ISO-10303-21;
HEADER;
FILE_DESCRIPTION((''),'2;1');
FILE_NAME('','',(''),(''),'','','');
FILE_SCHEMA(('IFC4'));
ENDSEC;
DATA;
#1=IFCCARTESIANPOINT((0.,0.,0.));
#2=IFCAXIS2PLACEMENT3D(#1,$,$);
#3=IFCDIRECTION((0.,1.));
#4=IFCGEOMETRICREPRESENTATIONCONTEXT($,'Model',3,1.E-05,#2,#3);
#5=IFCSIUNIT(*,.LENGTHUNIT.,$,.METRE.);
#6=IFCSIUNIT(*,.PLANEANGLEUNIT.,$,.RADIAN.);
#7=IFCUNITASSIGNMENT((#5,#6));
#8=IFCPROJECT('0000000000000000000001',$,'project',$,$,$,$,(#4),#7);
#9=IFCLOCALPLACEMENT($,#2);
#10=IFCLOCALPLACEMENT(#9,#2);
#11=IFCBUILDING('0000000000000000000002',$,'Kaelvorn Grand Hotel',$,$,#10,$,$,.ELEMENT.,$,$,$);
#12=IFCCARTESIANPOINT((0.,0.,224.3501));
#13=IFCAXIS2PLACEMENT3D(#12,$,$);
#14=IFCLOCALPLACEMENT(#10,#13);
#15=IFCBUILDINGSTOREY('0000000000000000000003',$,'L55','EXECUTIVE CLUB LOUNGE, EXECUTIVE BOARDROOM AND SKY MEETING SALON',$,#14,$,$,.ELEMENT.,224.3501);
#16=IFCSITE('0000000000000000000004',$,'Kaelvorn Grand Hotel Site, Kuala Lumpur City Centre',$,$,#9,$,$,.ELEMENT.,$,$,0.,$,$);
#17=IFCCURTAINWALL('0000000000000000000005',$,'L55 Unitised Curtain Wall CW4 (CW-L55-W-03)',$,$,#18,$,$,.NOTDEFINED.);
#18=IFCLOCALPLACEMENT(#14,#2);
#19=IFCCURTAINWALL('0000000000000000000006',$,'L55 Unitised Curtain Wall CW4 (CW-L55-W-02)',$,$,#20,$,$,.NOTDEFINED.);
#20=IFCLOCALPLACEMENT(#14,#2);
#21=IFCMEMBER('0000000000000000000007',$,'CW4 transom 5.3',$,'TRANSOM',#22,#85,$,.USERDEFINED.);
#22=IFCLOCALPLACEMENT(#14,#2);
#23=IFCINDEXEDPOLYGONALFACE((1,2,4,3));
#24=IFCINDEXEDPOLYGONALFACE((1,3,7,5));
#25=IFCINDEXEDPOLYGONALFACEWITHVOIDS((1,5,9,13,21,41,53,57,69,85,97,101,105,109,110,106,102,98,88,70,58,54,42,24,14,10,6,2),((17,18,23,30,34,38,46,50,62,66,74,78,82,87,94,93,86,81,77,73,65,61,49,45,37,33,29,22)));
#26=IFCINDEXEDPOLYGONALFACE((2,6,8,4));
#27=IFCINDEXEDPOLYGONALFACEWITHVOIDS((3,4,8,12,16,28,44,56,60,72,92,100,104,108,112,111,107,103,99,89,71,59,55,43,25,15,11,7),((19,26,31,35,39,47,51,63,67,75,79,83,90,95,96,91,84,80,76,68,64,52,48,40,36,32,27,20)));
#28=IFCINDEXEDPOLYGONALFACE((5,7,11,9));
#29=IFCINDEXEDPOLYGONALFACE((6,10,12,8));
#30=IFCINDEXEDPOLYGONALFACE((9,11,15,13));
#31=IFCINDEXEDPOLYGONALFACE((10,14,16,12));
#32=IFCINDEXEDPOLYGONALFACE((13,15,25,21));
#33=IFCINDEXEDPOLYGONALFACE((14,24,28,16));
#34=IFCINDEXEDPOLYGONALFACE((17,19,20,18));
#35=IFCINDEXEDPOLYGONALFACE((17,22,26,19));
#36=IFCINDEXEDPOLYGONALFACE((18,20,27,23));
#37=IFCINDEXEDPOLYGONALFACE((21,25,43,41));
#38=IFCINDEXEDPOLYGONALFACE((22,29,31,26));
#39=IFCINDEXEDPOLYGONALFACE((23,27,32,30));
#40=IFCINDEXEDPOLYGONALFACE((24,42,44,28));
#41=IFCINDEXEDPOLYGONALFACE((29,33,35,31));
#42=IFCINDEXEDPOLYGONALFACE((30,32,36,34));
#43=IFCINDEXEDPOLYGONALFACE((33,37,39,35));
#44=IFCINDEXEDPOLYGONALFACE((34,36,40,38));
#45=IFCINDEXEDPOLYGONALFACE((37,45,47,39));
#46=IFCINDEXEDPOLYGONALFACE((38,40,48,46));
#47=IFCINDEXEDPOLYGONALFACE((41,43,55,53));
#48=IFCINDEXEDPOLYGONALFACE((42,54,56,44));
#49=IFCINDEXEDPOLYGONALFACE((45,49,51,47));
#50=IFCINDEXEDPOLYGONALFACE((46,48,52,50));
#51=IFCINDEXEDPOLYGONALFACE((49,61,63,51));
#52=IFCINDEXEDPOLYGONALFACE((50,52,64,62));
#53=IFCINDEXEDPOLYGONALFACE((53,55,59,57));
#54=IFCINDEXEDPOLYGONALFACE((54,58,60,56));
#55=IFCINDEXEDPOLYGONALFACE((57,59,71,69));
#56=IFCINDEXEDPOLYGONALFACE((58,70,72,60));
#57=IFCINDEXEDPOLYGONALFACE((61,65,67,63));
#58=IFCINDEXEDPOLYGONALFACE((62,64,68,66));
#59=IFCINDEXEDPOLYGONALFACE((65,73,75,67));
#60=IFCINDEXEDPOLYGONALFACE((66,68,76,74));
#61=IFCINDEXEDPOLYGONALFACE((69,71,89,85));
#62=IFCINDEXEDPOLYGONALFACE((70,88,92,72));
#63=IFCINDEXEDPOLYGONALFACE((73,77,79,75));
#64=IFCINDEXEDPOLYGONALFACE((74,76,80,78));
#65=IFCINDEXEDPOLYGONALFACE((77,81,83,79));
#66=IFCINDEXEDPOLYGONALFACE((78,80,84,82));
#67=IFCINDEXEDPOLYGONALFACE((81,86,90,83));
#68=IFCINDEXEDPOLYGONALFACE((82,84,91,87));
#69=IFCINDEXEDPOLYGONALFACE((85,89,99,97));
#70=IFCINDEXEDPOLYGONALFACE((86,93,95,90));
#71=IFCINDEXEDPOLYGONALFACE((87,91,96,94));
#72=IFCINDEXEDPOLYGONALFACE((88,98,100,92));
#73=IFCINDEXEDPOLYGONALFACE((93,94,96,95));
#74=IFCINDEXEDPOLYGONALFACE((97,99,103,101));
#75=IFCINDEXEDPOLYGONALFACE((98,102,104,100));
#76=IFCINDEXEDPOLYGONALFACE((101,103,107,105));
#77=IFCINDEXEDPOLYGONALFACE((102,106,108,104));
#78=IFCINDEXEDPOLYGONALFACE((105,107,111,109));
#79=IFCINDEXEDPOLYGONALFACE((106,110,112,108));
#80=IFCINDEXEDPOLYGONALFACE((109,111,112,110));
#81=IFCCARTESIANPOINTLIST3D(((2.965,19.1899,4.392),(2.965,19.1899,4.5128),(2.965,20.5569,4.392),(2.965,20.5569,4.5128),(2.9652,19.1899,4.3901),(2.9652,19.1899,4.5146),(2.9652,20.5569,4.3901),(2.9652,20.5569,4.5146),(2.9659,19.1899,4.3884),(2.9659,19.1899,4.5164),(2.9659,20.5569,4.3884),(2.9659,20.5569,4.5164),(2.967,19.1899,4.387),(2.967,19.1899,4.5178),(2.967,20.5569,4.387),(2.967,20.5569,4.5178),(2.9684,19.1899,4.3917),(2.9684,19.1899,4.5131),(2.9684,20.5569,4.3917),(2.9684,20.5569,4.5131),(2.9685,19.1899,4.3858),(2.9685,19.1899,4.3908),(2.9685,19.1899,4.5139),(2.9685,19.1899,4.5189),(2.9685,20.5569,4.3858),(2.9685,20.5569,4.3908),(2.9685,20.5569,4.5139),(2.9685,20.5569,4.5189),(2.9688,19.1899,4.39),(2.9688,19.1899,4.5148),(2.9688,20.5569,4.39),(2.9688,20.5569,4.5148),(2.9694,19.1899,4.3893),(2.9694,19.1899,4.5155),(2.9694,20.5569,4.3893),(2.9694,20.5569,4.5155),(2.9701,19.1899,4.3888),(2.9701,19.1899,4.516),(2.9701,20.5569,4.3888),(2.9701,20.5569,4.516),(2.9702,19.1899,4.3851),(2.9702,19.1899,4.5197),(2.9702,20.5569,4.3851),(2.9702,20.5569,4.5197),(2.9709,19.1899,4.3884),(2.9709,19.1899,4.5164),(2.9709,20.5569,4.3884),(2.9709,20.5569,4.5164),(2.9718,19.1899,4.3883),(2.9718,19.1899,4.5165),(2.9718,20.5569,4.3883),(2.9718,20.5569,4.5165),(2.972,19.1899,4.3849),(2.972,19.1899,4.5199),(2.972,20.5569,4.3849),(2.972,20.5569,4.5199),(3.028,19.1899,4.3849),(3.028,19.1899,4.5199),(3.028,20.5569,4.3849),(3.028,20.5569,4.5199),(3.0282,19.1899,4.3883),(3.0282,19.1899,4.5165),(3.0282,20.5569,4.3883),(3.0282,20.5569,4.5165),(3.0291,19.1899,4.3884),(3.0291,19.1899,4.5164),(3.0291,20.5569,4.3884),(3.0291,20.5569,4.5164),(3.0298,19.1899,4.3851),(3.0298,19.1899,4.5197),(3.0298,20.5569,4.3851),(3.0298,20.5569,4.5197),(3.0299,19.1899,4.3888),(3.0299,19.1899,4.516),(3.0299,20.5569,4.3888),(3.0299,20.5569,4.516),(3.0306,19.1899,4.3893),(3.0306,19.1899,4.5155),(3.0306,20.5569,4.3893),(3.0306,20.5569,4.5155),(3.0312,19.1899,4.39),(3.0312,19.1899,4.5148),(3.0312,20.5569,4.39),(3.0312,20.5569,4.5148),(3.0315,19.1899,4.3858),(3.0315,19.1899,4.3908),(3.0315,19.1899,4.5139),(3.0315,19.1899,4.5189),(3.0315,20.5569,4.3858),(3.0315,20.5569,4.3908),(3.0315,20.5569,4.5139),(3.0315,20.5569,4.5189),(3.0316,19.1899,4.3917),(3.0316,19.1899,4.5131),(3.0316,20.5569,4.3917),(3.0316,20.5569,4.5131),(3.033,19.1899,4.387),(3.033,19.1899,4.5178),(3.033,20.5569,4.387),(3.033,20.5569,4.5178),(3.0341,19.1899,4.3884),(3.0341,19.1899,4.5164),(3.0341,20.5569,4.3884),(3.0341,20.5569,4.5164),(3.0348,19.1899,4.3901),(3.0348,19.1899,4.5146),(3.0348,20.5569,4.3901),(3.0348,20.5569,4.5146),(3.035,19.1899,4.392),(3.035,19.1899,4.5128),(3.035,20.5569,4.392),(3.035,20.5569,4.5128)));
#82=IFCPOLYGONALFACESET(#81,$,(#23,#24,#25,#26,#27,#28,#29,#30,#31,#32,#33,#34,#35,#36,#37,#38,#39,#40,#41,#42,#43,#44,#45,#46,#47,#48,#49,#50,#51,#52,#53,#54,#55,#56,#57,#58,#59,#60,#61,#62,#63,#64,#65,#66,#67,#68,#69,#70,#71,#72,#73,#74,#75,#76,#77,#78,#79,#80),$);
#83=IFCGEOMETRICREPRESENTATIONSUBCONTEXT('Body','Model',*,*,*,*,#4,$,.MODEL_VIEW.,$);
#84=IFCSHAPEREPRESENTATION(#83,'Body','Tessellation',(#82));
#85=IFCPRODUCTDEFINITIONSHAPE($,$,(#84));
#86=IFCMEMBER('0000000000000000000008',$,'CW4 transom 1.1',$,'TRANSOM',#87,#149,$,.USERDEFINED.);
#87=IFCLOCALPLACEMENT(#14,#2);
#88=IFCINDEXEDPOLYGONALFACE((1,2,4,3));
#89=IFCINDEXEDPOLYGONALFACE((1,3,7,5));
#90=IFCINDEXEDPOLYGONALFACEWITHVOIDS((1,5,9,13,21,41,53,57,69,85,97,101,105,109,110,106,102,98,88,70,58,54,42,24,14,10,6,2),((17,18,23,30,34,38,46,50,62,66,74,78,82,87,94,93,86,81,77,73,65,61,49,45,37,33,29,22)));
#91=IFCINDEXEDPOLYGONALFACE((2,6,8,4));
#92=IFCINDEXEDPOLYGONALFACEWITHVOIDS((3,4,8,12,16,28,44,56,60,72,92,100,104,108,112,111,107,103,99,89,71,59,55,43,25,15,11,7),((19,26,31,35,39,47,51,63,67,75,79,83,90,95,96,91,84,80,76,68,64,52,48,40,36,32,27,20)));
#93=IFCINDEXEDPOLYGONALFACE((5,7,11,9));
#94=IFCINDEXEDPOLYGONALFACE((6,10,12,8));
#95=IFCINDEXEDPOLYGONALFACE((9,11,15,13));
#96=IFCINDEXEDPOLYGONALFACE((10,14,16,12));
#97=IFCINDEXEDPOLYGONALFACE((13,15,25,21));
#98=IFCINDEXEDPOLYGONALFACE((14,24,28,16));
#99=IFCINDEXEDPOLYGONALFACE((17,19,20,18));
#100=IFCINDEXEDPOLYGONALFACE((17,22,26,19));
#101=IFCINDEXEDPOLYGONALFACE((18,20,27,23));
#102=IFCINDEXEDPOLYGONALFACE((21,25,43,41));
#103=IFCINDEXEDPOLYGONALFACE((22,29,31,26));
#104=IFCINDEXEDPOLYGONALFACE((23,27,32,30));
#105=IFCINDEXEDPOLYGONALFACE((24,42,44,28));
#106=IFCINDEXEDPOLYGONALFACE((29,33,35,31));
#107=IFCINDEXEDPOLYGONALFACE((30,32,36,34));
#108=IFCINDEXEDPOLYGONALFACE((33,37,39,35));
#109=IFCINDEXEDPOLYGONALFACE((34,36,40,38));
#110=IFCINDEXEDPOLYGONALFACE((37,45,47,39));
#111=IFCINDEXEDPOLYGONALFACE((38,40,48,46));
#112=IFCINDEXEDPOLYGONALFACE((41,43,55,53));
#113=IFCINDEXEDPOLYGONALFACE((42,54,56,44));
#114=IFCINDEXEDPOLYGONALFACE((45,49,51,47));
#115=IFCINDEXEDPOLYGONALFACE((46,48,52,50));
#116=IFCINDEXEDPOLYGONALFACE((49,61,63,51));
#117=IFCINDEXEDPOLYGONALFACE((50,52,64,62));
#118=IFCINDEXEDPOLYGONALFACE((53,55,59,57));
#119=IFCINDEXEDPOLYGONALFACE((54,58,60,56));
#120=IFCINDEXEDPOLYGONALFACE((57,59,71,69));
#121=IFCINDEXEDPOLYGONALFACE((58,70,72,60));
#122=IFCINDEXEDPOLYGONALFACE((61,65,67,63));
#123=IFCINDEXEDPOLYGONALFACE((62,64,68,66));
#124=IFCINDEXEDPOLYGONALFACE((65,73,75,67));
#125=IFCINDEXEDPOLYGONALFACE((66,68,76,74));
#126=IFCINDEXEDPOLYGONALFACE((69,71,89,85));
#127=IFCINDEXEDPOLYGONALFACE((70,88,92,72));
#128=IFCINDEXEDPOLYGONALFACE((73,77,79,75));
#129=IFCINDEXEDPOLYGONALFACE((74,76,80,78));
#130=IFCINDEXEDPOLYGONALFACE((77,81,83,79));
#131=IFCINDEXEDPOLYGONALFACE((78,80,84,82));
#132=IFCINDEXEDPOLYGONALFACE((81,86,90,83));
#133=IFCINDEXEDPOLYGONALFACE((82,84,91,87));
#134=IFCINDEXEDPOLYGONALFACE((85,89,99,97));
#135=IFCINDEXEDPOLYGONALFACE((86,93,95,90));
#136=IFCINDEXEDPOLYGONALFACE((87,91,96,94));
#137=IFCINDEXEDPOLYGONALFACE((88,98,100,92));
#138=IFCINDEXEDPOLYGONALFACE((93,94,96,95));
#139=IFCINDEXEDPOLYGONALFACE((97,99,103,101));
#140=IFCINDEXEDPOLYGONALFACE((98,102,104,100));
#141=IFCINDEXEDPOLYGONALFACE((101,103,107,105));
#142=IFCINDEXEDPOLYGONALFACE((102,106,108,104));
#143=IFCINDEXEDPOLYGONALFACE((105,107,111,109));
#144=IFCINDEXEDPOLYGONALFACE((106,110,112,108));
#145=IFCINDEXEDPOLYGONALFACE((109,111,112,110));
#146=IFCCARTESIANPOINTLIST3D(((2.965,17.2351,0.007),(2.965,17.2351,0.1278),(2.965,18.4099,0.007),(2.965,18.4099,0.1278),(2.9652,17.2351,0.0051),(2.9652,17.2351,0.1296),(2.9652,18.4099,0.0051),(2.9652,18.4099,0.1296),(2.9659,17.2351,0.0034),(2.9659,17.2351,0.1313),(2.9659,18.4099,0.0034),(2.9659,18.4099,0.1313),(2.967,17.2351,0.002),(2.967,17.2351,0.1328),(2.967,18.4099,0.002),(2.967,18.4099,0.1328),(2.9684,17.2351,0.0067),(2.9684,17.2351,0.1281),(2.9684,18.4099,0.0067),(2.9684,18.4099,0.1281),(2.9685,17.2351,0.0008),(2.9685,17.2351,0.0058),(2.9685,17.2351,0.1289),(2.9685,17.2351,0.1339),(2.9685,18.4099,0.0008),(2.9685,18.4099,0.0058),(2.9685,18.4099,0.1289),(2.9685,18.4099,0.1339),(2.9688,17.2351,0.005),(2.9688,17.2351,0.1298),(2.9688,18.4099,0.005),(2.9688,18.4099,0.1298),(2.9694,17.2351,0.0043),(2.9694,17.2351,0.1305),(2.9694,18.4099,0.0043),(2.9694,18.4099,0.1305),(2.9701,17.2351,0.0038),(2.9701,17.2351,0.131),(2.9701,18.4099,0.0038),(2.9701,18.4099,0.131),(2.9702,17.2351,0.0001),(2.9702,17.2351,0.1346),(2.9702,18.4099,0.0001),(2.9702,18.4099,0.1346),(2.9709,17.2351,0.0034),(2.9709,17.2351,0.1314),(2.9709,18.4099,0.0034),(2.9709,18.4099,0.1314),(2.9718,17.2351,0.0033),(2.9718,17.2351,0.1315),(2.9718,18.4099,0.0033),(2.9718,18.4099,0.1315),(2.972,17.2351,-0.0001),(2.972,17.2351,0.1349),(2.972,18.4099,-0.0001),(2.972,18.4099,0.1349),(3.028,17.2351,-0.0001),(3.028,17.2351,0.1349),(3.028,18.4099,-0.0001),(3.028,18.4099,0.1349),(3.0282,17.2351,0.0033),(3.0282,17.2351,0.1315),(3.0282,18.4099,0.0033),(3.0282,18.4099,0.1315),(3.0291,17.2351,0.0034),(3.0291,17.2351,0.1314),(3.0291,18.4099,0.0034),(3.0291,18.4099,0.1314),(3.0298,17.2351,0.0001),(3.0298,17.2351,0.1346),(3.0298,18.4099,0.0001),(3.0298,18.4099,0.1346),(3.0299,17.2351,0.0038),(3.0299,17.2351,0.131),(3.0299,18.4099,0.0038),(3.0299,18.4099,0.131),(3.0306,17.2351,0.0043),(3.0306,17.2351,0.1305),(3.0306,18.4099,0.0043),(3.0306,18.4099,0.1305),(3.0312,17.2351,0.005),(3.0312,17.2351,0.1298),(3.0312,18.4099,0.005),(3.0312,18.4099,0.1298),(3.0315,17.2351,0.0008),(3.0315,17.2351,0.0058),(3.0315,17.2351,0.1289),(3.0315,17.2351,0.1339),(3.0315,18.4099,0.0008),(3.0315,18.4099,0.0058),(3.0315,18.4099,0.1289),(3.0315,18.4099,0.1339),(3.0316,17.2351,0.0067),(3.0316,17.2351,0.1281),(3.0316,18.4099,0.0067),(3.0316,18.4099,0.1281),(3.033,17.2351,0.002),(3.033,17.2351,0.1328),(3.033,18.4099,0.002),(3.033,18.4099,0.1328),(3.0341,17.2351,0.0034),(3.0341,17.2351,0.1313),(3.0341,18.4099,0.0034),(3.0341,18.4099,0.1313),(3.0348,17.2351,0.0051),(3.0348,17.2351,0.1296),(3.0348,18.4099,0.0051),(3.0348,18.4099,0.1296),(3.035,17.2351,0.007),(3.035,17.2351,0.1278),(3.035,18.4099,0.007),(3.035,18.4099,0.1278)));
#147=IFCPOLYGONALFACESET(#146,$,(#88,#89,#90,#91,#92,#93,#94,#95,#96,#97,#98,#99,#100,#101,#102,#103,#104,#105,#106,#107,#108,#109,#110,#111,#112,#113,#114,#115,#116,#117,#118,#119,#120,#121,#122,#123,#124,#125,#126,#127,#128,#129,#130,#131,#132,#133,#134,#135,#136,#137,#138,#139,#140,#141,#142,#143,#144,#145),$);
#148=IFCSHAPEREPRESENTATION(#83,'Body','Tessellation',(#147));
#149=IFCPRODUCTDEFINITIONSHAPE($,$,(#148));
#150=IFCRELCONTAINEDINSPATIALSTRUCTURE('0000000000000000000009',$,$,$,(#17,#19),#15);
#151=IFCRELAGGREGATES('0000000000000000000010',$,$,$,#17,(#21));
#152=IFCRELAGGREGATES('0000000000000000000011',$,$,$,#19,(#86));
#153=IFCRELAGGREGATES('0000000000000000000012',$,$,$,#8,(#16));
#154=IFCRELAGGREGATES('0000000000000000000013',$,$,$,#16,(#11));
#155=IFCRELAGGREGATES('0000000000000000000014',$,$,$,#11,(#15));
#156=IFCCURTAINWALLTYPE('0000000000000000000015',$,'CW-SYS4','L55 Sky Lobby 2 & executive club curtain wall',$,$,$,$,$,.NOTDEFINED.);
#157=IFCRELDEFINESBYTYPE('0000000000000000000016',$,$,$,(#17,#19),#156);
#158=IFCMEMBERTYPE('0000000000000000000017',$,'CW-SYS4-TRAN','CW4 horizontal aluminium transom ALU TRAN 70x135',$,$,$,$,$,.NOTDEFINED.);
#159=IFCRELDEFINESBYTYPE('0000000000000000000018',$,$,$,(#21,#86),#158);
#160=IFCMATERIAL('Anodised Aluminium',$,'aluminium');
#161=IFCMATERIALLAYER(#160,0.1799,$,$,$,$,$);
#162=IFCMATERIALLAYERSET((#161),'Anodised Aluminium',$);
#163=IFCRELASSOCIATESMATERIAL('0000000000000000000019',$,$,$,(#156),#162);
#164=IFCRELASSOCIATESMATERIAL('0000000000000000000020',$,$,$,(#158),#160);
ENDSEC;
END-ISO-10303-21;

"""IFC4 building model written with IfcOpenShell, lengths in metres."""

from ifc_helpers import new_model, si_unit, direction, frame, origin, origin_2d, place, context, subcontext, project, spatial, hollow_rectangle, extrude, material, layer, layer_set, material_profile, profile_set, type_object, element, aggregate, save


model = new_model("IFC4")

# Units and contexts
model_context = context("Model", 3, precision=1e-05, world=origin(), true_north=direction((0.0, 1.0)))
body_context = subcontext(model_context, "Body", "Model", "MODEL_VIEW")
ifc_project = project(units=[si_unit("LENGTHUNIT", "METRE"), si_unit("PLANEANGLEUNIT", "RADIAN")], contexts=[model_context])

# Site, building, storey
site_placement = place(None, origin())
site = spatial("IfcSite", under=ifc_project, at=site_placement, Name="Kaelvorn Grand Hotel Site, Kuala Lumpur City Centre", CompositionType="ELEMENT", RefElevation=0.0)
building_placement = place(site_placement, origin())
building = spatial("IfcBuilding", under=site, at=building_placement, Name="Kaelvorn Grand Hotel", CompositionType="ELEMENT")
storey_placement = place(building_placement, frame((0.0, 0.0, 224.3501)))
storey = spatial("IfcBuildingStorey", under=building, at=storey_placement, Name="L55", Description="EXECUTIVE CLUB LOUNGE, EXECUTIVE BOARDROOM AND SKY MEETING SALON", CompositionType="ELEMENT", Elevation=224.3501)

# Curtain walls
ifc_material_1 = material(Name="Anodised Aluminium", Category="aluminium")
ifc_layer_1 = layer(ifc_material_1, 0.1799)
ifc_layer_set_1 = layer_set([ifc_layer_1], Name="Anodised Aluminium")
curtain_wall_type = type_object("IfcCurtainWallType", Name="CW-SYS4", Description="L55 Sky Lobby 2 & executive club curtain wall", PredefinedType="NOTDEFINED", material=ifc_layer_set_1)
curtain_wall_1_placement = place(storey_placement, origin())
curtain_wall_1 = element("IfcCurtainWall", 1, at=curtain_wall_1_placement, inside=storey, type_object=curtain_wall_type, Name="L55 Unitised Curtain Wall CW4 (CW-L55-W-03)", PredefinedType="NOTDEFINED")
curtain_wall_2_placement = place(storey_placement, origin())
curtain_wall_2 = element("IfcCurtainWall", 2, at=curtain_wall_2_placement, inside=storey, type_object=curtain_wall_type, Name="L55 Unitised Curtain Wall CW4 (CW-L55-W-02)", PredefinedType="NOTDEFINED")

# Members
ifc_material_profile_1 = material_profile(ifc_material_1, hollow_rectangle(XDim=0.0701, YDim=0.135, WallThickness=0.0034, InnerFilletRadius=0.0034, OuterFilletRadius=0.0071, at=origin_2d()), Name="ALU TRAN 70x135")
ifc_profile_set_1 = profile_set([ifc_material_profile_1], Name="Anodised Aluminium")
member_type_1 = type_object("IfcMemberType", Name="CW-SYS4-TRAN", Description="CW4 horizontal aluminium transom ALU TRAN 70x135", PredefinedType="NOTDEFINED", material=ifc_profile_set_1)
member_1_placement = place(storey_placement, frame((3.0, 20.5569, 4.4524), z_axis=(0.0, -1.0, 0.0), x_axis=(1.0, 0.0, 0.0)))
member_1 = element("IfcMember", 3, at=member_1_placement, type_object=member_type_1, Name="CW4 transom 5.3", ObjectType="TRANSOM", PredefinedType="USERDEFINED", context=body_context, shape_type="SweptSolid", body=[
    extrude(hollow_rectangle(XDim=0.0701, YDim=0.135, WallThickness=0.0034, InnerFilletRadius=0.0034, OuterFilletRadius=0.0071, at=origin_2d()), origin(), (0.0, 0.0, 1.0), 1.3669),
])
member_2_placement = place(storey_placement, frame((3.0, 18.4099, 0.0674), z_axis=(0.0, -1.0, 0.0), x_axis=(1.0, 0.0, 0.0)))
member_2 = element("IfcMember", 4, at=member_2_placement, type_object=member_type_1, Name="CW4 transom 1.1", ObjectType="TRANSOM", PredefinedType="USERDEFINED", context=body_context, shape_type="SweptSolid", body=[
    extrude(hollow_rectangle(XDim=0.0701, YDim=0.135, WallThickness=0.0034, InnerFilletRadius=0.0034, OuterFilletRadius=0.0071, at=origin_2d()), origin(), (0.0, 0.0, 1.0), 1.1748),
])

aggregate(curtain_wall_1, [member_1])
aggregate(curtain_wall_2, [member_2])

save(model, "model.ifc")
